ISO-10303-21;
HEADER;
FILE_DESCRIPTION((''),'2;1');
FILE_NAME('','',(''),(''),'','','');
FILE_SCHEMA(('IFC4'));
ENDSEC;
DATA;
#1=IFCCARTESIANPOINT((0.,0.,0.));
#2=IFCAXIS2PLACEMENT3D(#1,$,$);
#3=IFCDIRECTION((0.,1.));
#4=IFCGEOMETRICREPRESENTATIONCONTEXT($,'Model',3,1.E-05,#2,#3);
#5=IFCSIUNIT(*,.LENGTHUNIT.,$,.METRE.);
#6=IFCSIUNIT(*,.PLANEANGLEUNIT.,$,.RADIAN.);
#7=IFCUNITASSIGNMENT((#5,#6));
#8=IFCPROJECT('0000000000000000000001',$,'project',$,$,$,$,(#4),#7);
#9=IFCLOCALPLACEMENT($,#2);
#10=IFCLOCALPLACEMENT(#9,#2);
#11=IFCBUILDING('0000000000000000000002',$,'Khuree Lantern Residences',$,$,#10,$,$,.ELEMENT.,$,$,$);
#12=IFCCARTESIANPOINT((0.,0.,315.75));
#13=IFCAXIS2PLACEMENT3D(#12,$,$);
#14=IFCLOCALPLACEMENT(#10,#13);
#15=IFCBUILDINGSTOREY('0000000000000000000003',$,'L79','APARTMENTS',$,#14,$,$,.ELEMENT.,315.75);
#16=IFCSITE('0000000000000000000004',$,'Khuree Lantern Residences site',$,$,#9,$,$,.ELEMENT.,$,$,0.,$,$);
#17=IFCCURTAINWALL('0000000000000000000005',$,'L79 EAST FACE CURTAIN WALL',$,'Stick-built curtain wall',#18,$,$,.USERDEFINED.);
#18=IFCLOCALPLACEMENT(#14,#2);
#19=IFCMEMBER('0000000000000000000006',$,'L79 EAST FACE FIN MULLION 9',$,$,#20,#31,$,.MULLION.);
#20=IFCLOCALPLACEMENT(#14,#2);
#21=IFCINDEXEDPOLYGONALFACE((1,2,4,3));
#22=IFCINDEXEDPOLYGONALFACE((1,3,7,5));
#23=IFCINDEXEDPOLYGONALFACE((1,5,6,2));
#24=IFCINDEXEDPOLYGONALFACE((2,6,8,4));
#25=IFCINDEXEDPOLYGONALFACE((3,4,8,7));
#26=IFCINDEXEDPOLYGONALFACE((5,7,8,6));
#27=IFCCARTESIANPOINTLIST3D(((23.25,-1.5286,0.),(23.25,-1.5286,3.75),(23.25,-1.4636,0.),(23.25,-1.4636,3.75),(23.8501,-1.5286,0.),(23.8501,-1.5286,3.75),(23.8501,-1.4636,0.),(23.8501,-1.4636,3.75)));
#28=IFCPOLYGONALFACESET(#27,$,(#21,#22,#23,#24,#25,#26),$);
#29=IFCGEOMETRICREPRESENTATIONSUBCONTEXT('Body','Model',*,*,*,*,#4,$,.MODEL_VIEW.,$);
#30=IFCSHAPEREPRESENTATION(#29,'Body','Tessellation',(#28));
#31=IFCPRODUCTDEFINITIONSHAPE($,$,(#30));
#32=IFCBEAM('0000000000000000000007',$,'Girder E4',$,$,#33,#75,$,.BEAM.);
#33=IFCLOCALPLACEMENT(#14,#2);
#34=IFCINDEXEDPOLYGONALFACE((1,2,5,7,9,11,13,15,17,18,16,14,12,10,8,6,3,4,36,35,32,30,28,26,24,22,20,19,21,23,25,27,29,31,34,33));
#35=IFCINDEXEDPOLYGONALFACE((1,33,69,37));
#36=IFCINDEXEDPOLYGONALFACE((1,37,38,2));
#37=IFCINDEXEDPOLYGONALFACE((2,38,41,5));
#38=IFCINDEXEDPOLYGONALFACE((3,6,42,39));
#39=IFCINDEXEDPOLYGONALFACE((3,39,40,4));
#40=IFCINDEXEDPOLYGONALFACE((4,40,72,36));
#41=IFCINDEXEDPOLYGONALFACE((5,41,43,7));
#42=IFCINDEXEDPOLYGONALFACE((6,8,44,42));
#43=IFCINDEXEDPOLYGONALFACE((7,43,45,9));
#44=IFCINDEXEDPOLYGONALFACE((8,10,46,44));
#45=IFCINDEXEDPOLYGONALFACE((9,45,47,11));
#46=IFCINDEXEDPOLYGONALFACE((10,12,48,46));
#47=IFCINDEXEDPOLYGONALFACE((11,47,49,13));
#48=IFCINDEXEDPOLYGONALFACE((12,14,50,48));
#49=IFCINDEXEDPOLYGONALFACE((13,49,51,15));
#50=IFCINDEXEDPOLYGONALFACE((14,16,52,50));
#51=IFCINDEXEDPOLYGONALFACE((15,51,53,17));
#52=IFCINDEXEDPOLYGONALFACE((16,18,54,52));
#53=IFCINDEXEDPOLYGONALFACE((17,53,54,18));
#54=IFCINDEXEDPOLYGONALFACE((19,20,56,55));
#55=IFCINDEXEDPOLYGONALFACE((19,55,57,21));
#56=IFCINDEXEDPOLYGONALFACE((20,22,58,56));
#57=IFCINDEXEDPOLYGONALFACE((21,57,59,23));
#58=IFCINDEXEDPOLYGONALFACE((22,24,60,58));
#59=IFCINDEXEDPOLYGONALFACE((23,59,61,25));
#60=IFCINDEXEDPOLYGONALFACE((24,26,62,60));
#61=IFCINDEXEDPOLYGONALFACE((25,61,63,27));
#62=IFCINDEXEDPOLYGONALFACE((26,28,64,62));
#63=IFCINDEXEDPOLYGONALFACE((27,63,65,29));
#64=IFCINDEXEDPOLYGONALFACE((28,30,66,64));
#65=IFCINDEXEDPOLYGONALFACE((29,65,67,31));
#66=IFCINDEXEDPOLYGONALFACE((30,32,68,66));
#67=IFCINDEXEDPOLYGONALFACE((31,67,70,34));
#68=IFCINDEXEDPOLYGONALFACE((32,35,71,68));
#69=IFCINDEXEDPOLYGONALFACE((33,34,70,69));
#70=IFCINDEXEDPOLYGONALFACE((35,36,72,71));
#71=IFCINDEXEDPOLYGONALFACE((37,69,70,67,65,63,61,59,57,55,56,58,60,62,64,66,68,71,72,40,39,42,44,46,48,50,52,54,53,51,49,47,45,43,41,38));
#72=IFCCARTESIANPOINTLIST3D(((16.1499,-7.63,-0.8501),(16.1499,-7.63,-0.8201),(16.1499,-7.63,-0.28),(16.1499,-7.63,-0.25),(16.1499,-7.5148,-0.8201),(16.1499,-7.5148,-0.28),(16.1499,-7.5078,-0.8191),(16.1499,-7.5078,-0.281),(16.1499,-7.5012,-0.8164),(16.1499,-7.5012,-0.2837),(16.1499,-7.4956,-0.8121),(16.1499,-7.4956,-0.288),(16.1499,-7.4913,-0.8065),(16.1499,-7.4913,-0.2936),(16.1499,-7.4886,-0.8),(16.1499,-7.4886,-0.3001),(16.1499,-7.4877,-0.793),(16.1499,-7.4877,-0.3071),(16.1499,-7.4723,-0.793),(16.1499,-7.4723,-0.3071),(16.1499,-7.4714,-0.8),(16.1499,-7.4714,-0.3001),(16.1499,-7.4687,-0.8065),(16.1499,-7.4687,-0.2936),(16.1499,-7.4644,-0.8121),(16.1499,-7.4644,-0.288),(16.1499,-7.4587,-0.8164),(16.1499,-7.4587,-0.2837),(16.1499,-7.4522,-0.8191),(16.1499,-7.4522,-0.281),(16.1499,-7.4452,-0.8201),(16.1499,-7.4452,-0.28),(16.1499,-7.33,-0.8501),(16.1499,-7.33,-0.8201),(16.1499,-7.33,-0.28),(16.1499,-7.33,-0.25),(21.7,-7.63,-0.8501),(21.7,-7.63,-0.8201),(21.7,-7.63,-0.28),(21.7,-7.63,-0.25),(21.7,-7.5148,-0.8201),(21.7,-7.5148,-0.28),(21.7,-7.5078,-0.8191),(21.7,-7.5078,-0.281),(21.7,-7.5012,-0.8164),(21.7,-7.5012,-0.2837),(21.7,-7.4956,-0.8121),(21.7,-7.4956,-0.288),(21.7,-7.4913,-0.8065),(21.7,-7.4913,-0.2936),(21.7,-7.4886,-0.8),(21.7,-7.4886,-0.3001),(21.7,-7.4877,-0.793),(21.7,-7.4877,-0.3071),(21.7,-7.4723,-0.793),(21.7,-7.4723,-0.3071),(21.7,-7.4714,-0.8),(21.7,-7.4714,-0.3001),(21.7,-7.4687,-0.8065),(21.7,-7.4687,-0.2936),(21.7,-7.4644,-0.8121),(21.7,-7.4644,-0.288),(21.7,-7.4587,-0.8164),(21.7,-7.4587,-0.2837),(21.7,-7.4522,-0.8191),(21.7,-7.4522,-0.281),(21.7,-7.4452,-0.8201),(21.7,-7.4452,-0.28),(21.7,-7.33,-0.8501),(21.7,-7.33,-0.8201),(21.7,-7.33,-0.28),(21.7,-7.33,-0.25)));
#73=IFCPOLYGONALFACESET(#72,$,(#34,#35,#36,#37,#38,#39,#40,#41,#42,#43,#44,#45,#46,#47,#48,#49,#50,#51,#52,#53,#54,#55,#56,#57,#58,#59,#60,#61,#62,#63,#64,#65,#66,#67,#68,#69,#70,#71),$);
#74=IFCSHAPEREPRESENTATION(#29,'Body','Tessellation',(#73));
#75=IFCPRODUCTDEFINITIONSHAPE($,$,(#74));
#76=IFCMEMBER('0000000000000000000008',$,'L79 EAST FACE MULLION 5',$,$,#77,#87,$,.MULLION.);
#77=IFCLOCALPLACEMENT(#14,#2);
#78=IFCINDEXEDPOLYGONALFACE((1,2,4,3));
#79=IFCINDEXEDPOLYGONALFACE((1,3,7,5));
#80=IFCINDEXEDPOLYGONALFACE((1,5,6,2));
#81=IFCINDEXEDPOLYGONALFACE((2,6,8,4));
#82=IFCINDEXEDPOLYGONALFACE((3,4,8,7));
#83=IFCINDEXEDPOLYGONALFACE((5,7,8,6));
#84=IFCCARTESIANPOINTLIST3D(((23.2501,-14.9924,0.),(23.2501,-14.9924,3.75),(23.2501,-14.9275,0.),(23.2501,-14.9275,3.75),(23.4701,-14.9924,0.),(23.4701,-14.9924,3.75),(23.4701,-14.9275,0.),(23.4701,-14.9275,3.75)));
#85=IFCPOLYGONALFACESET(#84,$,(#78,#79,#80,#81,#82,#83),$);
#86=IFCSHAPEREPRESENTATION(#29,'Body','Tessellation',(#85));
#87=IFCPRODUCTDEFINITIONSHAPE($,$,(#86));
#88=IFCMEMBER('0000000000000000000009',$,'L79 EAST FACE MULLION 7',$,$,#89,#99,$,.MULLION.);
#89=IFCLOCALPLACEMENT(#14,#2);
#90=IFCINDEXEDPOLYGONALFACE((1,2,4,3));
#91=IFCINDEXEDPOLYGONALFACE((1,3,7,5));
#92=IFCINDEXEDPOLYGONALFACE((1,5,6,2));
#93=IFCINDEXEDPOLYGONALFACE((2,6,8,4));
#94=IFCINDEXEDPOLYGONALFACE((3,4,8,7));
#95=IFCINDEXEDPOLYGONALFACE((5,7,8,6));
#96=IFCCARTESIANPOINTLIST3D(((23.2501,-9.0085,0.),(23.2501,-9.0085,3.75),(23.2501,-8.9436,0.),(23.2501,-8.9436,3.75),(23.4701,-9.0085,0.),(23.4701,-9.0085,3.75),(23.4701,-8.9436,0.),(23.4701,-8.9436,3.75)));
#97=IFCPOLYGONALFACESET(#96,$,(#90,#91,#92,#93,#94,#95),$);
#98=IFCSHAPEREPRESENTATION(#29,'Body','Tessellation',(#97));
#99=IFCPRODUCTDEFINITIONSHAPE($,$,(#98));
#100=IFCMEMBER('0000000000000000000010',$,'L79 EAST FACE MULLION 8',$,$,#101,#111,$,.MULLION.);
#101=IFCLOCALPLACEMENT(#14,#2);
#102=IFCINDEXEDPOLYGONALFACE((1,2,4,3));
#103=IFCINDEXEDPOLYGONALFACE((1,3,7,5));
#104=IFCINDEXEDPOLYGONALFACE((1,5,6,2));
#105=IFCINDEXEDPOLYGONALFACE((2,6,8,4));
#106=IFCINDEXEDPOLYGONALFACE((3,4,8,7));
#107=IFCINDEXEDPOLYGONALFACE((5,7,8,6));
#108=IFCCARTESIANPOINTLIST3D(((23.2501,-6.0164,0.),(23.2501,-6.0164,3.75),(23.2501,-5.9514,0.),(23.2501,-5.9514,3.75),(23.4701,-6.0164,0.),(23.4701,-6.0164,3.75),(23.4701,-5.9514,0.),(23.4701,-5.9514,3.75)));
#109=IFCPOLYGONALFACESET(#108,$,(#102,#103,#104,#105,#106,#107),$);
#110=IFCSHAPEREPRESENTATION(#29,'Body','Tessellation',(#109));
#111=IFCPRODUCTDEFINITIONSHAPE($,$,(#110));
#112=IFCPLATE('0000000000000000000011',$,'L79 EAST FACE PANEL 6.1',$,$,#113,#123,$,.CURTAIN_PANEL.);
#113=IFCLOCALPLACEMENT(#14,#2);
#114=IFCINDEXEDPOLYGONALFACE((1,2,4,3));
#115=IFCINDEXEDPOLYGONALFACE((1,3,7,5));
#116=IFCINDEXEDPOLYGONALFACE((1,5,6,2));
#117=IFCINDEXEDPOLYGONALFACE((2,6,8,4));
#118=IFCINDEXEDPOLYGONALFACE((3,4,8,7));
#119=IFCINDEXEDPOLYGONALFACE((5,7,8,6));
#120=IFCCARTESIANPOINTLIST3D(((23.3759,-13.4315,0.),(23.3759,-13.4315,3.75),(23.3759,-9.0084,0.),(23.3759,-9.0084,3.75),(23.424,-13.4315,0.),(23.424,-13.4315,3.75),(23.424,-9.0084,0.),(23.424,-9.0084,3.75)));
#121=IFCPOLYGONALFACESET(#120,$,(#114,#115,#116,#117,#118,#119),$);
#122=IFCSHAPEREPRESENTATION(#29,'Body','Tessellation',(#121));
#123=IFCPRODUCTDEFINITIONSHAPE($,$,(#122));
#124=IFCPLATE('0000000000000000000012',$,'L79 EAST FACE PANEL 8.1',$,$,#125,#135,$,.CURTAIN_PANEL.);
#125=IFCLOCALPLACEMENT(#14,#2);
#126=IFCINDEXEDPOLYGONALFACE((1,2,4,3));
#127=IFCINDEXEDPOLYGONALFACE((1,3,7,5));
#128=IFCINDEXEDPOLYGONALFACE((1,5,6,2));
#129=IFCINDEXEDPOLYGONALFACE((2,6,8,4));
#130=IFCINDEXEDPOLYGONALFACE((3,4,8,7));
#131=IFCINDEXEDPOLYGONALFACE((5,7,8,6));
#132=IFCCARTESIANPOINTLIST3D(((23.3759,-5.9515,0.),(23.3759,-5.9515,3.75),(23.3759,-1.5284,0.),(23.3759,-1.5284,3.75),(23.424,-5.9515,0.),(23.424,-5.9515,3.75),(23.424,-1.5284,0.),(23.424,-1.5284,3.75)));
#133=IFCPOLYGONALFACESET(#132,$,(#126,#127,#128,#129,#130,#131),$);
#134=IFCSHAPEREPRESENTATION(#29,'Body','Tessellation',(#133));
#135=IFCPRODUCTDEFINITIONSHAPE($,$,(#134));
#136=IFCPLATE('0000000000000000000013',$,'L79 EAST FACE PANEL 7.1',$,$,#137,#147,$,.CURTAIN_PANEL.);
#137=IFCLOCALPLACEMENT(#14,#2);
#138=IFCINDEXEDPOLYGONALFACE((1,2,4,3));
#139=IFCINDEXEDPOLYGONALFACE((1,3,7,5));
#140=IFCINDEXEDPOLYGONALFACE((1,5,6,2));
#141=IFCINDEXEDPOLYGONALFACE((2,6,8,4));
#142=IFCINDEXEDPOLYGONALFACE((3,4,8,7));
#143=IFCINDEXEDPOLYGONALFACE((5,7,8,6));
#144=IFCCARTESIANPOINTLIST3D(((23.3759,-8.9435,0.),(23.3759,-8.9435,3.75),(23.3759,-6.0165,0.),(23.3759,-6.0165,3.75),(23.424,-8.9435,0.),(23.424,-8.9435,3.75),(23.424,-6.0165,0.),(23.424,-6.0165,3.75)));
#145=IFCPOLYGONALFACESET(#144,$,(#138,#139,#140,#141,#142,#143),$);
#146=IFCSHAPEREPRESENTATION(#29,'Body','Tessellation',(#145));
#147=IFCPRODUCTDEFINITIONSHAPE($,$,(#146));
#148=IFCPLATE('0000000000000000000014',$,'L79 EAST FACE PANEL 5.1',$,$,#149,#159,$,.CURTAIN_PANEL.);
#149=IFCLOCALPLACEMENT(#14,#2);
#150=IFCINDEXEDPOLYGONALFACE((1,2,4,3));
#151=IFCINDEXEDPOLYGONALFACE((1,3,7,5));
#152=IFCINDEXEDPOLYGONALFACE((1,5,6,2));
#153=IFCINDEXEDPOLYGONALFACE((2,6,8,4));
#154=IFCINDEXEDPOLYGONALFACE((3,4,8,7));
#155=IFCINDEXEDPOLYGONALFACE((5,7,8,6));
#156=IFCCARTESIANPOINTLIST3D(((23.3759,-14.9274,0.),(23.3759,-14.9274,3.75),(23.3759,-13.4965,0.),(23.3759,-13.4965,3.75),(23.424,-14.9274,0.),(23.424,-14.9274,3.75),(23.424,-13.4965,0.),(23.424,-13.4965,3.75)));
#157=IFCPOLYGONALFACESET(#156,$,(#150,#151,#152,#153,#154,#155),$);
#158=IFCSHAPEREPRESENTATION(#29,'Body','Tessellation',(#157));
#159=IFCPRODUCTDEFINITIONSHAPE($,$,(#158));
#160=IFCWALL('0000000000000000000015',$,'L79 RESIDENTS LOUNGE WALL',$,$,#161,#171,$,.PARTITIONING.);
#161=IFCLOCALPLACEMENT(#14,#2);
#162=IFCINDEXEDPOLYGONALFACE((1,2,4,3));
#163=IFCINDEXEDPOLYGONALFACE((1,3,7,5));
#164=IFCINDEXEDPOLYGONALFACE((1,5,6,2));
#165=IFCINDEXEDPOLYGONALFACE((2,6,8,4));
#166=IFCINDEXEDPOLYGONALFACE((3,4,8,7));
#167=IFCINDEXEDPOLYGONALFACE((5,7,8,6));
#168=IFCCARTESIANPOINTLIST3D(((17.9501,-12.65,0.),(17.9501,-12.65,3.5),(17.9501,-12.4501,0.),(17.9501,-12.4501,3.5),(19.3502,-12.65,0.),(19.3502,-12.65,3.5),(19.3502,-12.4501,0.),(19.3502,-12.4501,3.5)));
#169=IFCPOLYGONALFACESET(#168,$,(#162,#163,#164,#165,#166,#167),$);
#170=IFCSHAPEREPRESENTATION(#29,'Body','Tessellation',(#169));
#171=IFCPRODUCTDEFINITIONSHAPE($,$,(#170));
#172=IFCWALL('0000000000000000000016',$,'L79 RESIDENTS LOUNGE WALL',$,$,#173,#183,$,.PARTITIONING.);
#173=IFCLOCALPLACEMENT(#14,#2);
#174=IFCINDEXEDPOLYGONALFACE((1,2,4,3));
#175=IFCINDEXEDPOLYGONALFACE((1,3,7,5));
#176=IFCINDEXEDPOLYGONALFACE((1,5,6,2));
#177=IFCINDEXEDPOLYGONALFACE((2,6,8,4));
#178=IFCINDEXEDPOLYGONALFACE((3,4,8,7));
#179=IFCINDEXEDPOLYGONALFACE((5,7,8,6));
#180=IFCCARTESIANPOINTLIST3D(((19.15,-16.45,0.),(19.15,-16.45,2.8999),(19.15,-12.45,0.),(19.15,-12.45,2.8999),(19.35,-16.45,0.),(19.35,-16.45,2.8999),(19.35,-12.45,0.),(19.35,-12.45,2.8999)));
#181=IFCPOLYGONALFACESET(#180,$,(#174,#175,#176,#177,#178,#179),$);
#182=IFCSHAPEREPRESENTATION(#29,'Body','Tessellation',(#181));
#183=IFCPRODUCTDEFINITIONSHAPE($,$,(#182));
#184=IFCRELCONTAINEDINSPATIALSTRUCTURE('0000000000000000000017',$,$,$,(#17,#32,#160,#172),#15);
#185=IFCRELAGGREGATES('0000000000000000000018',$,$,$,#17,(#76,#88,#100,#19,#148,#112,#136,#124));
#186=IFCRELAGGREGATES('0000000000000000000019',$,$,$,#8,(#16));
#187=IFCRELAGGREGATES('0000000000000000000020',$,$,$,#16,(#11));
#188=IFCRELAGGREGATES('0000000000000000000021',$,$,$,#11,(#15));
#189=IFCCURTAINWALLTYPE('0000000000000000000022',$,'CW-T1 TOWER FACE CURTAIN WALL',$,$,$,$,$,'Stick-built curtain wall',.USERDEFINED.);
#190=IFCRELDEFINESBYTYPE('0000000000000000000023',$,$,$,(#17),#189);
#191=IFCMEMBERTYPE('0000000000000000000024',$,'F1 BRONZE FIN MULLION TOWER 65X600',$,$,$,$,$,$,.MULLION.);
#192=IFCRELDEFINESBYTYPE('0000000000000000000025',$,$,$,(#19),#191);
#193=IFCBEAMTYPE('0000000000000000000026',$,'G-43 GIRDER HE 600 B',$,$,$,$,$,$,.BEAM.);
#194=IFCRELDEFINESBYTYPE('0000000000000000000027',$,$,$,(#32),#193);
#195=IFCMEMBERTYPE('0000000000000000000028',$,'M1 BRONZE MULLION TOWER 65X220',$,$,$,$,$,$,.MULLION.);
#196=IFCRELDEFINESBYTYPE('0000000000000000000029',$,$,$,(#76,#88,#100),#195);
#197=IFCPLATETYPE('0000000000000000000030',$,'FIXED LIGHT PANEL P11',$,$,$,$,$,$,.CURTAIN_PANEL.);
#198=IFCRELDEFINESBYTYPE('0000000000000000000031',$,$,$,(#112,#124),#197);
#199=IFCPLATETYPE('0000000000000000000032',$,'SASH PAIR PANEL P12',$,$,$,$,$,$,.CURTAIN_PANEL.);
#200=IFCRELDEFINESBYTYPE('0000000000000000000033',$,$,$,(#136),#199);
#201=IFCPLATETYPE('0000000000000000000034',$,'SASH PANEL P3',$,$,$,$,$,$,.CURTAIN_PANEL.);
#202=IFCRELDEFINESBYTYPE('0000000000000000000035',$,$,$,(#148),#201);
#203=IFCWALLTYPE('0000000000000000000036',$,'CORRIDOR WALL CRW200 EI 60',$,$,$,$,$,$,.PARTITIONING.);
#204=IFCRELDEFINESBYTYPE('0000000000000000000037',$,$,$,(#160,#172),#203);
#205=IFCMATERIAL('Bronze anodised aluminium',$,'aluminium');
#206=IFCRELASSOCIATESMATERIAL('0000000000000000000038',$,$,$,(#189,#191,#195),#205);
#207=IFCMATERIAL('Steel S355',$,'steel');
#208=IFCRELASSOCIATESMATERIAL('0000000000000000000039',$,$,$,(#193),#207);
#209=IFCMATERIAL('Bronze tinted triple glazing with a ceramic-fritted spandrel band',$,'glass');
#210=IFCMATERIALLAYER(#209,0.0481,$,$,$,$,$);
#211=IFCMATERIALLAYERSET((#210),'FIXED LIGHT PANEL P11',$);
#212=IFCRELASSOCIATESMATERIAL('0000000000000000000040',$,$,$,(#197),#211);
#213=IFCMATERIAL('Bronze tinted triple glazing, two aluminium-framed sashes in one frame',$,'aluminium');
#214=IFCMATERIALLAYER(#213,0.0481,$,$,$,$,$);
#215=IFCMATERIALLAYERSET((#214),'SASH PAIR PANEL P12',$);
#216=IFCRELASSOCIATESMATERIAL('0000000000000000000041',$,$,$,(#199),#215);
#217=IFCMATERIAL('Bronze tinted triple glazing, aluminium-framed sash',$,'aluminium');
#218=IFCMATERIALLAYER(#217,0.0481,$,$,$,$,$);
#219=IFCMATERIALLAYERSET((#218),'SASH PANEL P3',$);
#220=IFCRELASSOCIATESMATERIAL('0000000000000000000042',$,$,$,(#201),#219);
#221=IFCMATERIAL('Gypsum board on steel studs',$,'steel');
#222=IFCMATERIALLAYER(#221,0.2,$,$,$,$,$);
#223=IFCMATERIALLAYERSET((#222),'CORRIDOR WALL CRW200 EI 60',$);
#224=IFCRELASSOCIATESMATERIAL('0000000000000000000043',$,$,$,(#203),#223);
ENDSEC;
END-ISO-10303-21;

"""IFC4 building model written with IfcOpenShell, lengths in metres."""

from ifc_helpers import new_model, si_unit, direction, frame, frame_2d, origin, origin_2d, place, context, subcontext, project, spatial, rectangle, i_section, extrude, material, layer, layer_set, material_profile, profile_set, type_object, element, aggregate, save


model = new_model("IFC4")

# Units and contexts
model_context = context("Model", 3, precision=1e-05, world=origin(), true_north=direction((0.0, 1.0)))
body_context = subcontext(model_context, "Body", "Model", "MODEL_VIEW")
ifc_project = project(units=[si_unit("LENGTHUNIT", "METRE"), si_unit("PLANEANGLEUNIT", "RADIAN")], contexts=[model_context])

# Site, building, storey
site_placement = place(None, origin())
site = spatial("IfcSite", under=ifc_project, at=site_placement, Name="Khuree Lantern Residences site", CompositionType="ELEMENT", RefElevation=0.0)
building_placement = place(site_placement, origin())
building = spatial("IfcBuilding", under=site, at=building_placement, Name="Khuree Lantern Residences", CompositionType="ELEMENT")
storey_placement = place(building_placement, frame((0.0, 0.0, 315.75)))
storey = spatial("IfcBuildingStorey", under=building, at=storey_placement, Name="L79", Description="APARTMENTS", CompositionType="ELEMENT", Elevation=315.75)

# Shared definitions
ifc_material_1 = material(Name="Steel S355", Category="steel")

# Curtain wall, member
ifc_material_2 = material(Name="Bronze anodised aluminium", Category="aluminium")
curtain_wall_type = type_object("IfcCurtainWallType", Name="CW-T1 TOWER FACE CURTAIN WALL", ElementType="Stick-built curtain wall", PredefinedType="USERDEFINED", material=ifc_material_2)
curtain_wall_placement = place(storey_placement, origin())
curtain_wall = element("IfcCurtainWall", 1, at=curtain_wall_placement, inside=storey, type_object=curtain_wall_type, Name="L79 EAST FACE CURTAIN WALL", ObjectType="Stick-built curtain wall", PredefinedType="USERDEFINED")
ifc_material_profile_1 = material_profile(ifc_material_2, rectangle(XDim=0.0649, YDim=0.6001, at=origin_2d()), Name="F1 65X600")
ifc_profile_set_1 = profile_set([ifc_material_profile_1], Name="Bronze anodised aluminium")
member_type_1 = type_object("IfcMemberType", Name="F1 BRONZE FIN MULLION TOWER 65X600", PredefinedType="MULLION", material=ifc_profile_set_1)
member_1_placement = place(storey_placement, frame((23.55, -1.4961, 0.0), z_axis=(0.0, 0.0, 1.0), x_axis=(0.0, 1.0, 0.0)))
member_1 = element("IfcMember", 2, at=member_1_placement, type_object=member_type_1, Name="L79 EAST FACE FIN MULLION 9", PredefinedType="MULLION", context=body_context, shape_type="SweptSolid", body=[
    extrude(rectangle(XDim=0.0649, YDim=0.6001, at=origin_2d()), origin(), (0.0, 0.0, 1.0), 3.75),
])

# Beam
ifc_material_profile_2 = material_profile(ifc_material_1, i_section(OverallWidth=0.3, OverallDepth=0.6001, WebThickness=0.0154, FlangeThickness=0.03, FilletRadius=0.0271, at=origin_2d()), Name="HE 600 B")
ifc_profile_set_2 = profile_set([ifc_material_profile_2], Name="Steel S355")
beam_type_1 = type_object("IfcBeamType", Name="G-43 GIRDER HE 600 B", PredefinedType="BEAM", material=ifc_profile_set_2)
beam_1_placement = place(storey_placement, frame((21.7, -7.48, -0.55), z_axis=(-1.0, 0.0, 0.0), x_axis=(0.0, -1.0, 0.0)))
element("IfcBeam", 3, at=beam_1_placement, inside=storey, type_object=beam_type_1, Name="Girder E4", PredefinedType="BEAM", context=body_context, shape_type="SweptSolid", body=[
    extrude(i_section(OverallWidth=0.3, OverallDepth=0.6001, WebThickness=0.0154, FlangeThickness=0.03, FilletRadius=0.0271, at=origin_2d()), origin(), (0.0, 0.0, 1.0), 5.55),
])

# Members
ifc_material_profile_3 = material_profile(ifc_material_2, rectangle(XDim=0.0649, YDim=0.22, at=origin_2d()), Name="M1 65X220")
ifc_profile_set_3 = profile_set([ifc_material_profile_3], Name="Bronze anodised aluminium")
member_type_2 = type_object("IfcMemberType", Name="M1 BRONZE MULLION TOWER 65X220", PredefinedType="MULLION", material=ifc_profile_set_3)
member_2_placement = place(storey_placement, frame((23.3601, -14.96, 0.0), z_axis=(0.0, 0.0, 1.0), x_axis=(0.0, 1.0, 0.0)))
member_2 = element("IfcMember", 4, at=member_2_placement, type_object=member_type_2, Name="L79 EAST FACE MULLION 5", PredefinedType="MULLION", context=body_context, shape_type="SweptSolid", body=[
    extrude(rectangle(XDim=0.0649, YDim=0.22, at=origin_2d()), origin(), (0.0, 0.0, 1.0), 3.75),
])
member_3_placement = place(storey_placement, frame((23.3601, -8.9761, 0.0), z_axis=(0.0, 0.0, 1.0), x_axis=(0.0, 1.0, 0.0)))
member_3 = element("IfcMember", 5, at=member_3_placement, type_object=member_type_2, Name="L79 EAST FACE MULLION 7", PredefinedType="MULLION", context=body_context, shape_type="SweptSolid", body=[
    extrude(rectangle(XDim=0.0649, YDim=0.22, at=origin_2d()), origin(), (0.0, 0.0, 1.0), 3.75),
])
member_4_placement = place(storey_placement, frame((23.3601, -5.9839, 0.0), z_axis=(0.0, 0.0, 1.0), x_axis=(0.0, 1.0, 0.0)))
member_4 = element("IfcMember", 6, at=member_4_placement, type_object=member_type_2, Name="L79 EAST FACE MULLION 8", PredefinedType="MULLION", context=body_context, shape_type="SweptSolid", body=[
    extrude(rectangle(XDim=0.0649, YDim=0.22, at=origin_2d()), origin(), (0.0, 0.0, 1.0), 3.75),
])

# Plates
ifc_material_3 = material(Name="Bronze tinted triple glazing with a ceramic-fritted spandrel band", Category="glass")
ifc_layer_1 = layer(ifc_material_3, 0.0481)
ifc_layer_set_1 = layer_set([ifc_layer_1], Name="FIXED LIGHT PANEL P11")
plate_type_1 = type_object("IfcPlateType", Name="FIXED LIGHT PANEL P11", PredefinedType="CURTAIN_PANEL", material=ifc_layer_set_1)
plate_1_placement = place(storey_placement, frame((23.3999, -11.22, 0.0), z_axis=(0.0, 0.0, 1.0), x_axis=(0.0, 1.0, 0.0)))
plate_1 = element("IfcPlate", 7, at=plate_1_placement, type_object=plate_type_1, Name="L79 EAST FACE PANEL 6.1", PredefinedType="CURTAIN_PANEL", context=body_context, shape_type="SweptSolid", body=[
    extrude(rectangle(XDim=4.4231, YDim=0.0481, at=origin_2d()), origin(), (0.0, 0.0, 1.0), 3.75),
])
plate_2_placement = place(storey_placement, frame((23.3999, -3.74, 0.0), z_axis=(0.0, 0.0, 1.0), x_axis=(0.0, 1.0, 0.0)))
plate_2 = element("IfcPlate", 8, at=plate_2_placement, type_object=plate_type_1, Name="L79 EAST FACE PANEL 8.1", PredefinedType="CURTAIN_PANEL", context=body_context, shape_type="SweptSolid", body=[
    extrude(rectangle(XDim=4.4231, YDim=0.0481, at=origin_2d()), origin(), (0.0, 0.0, 1.0), 3.75),
])
ifc_material_4 = material(Name="Bronze tinted triple glazing, two aluminium-framed sashes in one frame", Category="aluminium")
ifc_layer_2 = layer(ifc_material_4, 0.0481)
ifc_layer_set_2 = layer_set([ifc_layer_2], Name="SASH PAIR PANEL P12")
plate_type_2 = type_object("IfcPlateType", Name="SASH PAIR PANEL P12", PredefinedType="CURTAIN_PANEL", material=ifc_layer_set_2)
plate_3_placement = place(storey_placement, frame((23.3999, -7.48, 0.0), z_axis=(0.0, 0.0, 1.0), x_axis=(0.0, 1.0, 0.0)))
plate_3 = element("IfcPlate", 9, at=plate_3_placement, type_object=plate_type_2, Name="L79 EAST FACE PANEL 7.1", PredefinedType="CURTAIN_PANEL", context=body_context, shape_type="SweptSolid", body=[
    extrude(rectangle(XDim=2.927, YDim=0.0481, at=origin_2d()), origin(), (0.0, 0.0, 1.0), 3.75),
])
ifc_material_5 = material(Name="Bronze tinted triple glazing, aluminium-framed sash", Category="aluminium")
ifc_layer_3 = layer(ifc_material_5, 0.0481)
ifc_layer_set_3 = layer_set([ifc_layer_3], Name="SASH PANEL P3")
plate_type_3 = type_object("IfcPlateType", Name="SASH PANEL P3", PredefinedType="CURTAIN_PANEL", material=ifc_layer_set_3)
plate_4_placement = place(storey_placement, frame((23.3999, -14.2119, 0.0), z_axis=(0.0, 0.0, 1.0), x_axis=(0.0, 1.0, 0.0)))
plate_4 = element("IfcPlate", 10, at=plate_4_placement, type_object=plate_type_3, Name="L79 EAST FACE PANEL 5.1", PredefinedType="CURTAIN_PANEL", context=body_context, shape_type="SweptSolid", body=[
    extrude(rectangle(XDim=1.4309, YDim=0.0481, at=origin_2d()), origin(), (0.0, 0.0, 1.0), 3.75),
])
aggregate(curtain_wall, [member_2, member_3, member_4, member_1, plate_4, plate_1, plate_3, plate_2])

# Walls
ifc_material_6 = material(Name="Gypsum board on steel studs", Category="steel")
ifc_layer_4 = layer(ifc_material_6, 0.2)
ifc_layer_set_4 = layer_set([ifc_layer_4], Name="CORRIDOR WALL CRW200 EI 60")
wall_type_1 = type_object("IfcWallType", Name="CORRIDOR WALL CRW200 EI 60", PredefinedType="PARTITIONING", material=ifc_layer_set_4)
wall_1_placement = place(storey_placement, frame((17.95, -12.55, 0.0), z_axis=(0.0, 0.0, 1.0), x_axis=(1.0, 0.0, 0.0)))
element("IfcWall", 11, at=wall_1_placement, inside=storey, type_object=wall_type_1, Name="L79 RESIDENTS LOUNGE WALL", PredefinedType="PARTITIONING", context=body_context, shape_type="SweptSolid", body=[
    extrude(rectangle(XDim=1.4001, YDim=0.2, at=frame_2d((0.7002, 0.0))), origin(), (0.0, 0.0, 1.0), 3.5),
])
wall_2_placement = place(storey_placement, frame((19.25, -12.45, 0.0), z_axis=(0.0, 0.0, 1.0), x_axis=(0.0, -1.0, 0.0)))
element("IfcWall", 12, at=wall_2_placement, inside=storey, type_object=wall_type_1, Name="L79 RESIDENTS LOUNGE WALL", PredefinedType="PARTITIONING", context=body_context, shape_type="SweptSolid", body=[
    extrude(rectangle(XDim=4.0, YDim=0.2, at=frame_2d((2.0, 0.0))), origin(), (0.0, 0.0, 1.0), 2.8999),
])

save(model, "model.ifc")
